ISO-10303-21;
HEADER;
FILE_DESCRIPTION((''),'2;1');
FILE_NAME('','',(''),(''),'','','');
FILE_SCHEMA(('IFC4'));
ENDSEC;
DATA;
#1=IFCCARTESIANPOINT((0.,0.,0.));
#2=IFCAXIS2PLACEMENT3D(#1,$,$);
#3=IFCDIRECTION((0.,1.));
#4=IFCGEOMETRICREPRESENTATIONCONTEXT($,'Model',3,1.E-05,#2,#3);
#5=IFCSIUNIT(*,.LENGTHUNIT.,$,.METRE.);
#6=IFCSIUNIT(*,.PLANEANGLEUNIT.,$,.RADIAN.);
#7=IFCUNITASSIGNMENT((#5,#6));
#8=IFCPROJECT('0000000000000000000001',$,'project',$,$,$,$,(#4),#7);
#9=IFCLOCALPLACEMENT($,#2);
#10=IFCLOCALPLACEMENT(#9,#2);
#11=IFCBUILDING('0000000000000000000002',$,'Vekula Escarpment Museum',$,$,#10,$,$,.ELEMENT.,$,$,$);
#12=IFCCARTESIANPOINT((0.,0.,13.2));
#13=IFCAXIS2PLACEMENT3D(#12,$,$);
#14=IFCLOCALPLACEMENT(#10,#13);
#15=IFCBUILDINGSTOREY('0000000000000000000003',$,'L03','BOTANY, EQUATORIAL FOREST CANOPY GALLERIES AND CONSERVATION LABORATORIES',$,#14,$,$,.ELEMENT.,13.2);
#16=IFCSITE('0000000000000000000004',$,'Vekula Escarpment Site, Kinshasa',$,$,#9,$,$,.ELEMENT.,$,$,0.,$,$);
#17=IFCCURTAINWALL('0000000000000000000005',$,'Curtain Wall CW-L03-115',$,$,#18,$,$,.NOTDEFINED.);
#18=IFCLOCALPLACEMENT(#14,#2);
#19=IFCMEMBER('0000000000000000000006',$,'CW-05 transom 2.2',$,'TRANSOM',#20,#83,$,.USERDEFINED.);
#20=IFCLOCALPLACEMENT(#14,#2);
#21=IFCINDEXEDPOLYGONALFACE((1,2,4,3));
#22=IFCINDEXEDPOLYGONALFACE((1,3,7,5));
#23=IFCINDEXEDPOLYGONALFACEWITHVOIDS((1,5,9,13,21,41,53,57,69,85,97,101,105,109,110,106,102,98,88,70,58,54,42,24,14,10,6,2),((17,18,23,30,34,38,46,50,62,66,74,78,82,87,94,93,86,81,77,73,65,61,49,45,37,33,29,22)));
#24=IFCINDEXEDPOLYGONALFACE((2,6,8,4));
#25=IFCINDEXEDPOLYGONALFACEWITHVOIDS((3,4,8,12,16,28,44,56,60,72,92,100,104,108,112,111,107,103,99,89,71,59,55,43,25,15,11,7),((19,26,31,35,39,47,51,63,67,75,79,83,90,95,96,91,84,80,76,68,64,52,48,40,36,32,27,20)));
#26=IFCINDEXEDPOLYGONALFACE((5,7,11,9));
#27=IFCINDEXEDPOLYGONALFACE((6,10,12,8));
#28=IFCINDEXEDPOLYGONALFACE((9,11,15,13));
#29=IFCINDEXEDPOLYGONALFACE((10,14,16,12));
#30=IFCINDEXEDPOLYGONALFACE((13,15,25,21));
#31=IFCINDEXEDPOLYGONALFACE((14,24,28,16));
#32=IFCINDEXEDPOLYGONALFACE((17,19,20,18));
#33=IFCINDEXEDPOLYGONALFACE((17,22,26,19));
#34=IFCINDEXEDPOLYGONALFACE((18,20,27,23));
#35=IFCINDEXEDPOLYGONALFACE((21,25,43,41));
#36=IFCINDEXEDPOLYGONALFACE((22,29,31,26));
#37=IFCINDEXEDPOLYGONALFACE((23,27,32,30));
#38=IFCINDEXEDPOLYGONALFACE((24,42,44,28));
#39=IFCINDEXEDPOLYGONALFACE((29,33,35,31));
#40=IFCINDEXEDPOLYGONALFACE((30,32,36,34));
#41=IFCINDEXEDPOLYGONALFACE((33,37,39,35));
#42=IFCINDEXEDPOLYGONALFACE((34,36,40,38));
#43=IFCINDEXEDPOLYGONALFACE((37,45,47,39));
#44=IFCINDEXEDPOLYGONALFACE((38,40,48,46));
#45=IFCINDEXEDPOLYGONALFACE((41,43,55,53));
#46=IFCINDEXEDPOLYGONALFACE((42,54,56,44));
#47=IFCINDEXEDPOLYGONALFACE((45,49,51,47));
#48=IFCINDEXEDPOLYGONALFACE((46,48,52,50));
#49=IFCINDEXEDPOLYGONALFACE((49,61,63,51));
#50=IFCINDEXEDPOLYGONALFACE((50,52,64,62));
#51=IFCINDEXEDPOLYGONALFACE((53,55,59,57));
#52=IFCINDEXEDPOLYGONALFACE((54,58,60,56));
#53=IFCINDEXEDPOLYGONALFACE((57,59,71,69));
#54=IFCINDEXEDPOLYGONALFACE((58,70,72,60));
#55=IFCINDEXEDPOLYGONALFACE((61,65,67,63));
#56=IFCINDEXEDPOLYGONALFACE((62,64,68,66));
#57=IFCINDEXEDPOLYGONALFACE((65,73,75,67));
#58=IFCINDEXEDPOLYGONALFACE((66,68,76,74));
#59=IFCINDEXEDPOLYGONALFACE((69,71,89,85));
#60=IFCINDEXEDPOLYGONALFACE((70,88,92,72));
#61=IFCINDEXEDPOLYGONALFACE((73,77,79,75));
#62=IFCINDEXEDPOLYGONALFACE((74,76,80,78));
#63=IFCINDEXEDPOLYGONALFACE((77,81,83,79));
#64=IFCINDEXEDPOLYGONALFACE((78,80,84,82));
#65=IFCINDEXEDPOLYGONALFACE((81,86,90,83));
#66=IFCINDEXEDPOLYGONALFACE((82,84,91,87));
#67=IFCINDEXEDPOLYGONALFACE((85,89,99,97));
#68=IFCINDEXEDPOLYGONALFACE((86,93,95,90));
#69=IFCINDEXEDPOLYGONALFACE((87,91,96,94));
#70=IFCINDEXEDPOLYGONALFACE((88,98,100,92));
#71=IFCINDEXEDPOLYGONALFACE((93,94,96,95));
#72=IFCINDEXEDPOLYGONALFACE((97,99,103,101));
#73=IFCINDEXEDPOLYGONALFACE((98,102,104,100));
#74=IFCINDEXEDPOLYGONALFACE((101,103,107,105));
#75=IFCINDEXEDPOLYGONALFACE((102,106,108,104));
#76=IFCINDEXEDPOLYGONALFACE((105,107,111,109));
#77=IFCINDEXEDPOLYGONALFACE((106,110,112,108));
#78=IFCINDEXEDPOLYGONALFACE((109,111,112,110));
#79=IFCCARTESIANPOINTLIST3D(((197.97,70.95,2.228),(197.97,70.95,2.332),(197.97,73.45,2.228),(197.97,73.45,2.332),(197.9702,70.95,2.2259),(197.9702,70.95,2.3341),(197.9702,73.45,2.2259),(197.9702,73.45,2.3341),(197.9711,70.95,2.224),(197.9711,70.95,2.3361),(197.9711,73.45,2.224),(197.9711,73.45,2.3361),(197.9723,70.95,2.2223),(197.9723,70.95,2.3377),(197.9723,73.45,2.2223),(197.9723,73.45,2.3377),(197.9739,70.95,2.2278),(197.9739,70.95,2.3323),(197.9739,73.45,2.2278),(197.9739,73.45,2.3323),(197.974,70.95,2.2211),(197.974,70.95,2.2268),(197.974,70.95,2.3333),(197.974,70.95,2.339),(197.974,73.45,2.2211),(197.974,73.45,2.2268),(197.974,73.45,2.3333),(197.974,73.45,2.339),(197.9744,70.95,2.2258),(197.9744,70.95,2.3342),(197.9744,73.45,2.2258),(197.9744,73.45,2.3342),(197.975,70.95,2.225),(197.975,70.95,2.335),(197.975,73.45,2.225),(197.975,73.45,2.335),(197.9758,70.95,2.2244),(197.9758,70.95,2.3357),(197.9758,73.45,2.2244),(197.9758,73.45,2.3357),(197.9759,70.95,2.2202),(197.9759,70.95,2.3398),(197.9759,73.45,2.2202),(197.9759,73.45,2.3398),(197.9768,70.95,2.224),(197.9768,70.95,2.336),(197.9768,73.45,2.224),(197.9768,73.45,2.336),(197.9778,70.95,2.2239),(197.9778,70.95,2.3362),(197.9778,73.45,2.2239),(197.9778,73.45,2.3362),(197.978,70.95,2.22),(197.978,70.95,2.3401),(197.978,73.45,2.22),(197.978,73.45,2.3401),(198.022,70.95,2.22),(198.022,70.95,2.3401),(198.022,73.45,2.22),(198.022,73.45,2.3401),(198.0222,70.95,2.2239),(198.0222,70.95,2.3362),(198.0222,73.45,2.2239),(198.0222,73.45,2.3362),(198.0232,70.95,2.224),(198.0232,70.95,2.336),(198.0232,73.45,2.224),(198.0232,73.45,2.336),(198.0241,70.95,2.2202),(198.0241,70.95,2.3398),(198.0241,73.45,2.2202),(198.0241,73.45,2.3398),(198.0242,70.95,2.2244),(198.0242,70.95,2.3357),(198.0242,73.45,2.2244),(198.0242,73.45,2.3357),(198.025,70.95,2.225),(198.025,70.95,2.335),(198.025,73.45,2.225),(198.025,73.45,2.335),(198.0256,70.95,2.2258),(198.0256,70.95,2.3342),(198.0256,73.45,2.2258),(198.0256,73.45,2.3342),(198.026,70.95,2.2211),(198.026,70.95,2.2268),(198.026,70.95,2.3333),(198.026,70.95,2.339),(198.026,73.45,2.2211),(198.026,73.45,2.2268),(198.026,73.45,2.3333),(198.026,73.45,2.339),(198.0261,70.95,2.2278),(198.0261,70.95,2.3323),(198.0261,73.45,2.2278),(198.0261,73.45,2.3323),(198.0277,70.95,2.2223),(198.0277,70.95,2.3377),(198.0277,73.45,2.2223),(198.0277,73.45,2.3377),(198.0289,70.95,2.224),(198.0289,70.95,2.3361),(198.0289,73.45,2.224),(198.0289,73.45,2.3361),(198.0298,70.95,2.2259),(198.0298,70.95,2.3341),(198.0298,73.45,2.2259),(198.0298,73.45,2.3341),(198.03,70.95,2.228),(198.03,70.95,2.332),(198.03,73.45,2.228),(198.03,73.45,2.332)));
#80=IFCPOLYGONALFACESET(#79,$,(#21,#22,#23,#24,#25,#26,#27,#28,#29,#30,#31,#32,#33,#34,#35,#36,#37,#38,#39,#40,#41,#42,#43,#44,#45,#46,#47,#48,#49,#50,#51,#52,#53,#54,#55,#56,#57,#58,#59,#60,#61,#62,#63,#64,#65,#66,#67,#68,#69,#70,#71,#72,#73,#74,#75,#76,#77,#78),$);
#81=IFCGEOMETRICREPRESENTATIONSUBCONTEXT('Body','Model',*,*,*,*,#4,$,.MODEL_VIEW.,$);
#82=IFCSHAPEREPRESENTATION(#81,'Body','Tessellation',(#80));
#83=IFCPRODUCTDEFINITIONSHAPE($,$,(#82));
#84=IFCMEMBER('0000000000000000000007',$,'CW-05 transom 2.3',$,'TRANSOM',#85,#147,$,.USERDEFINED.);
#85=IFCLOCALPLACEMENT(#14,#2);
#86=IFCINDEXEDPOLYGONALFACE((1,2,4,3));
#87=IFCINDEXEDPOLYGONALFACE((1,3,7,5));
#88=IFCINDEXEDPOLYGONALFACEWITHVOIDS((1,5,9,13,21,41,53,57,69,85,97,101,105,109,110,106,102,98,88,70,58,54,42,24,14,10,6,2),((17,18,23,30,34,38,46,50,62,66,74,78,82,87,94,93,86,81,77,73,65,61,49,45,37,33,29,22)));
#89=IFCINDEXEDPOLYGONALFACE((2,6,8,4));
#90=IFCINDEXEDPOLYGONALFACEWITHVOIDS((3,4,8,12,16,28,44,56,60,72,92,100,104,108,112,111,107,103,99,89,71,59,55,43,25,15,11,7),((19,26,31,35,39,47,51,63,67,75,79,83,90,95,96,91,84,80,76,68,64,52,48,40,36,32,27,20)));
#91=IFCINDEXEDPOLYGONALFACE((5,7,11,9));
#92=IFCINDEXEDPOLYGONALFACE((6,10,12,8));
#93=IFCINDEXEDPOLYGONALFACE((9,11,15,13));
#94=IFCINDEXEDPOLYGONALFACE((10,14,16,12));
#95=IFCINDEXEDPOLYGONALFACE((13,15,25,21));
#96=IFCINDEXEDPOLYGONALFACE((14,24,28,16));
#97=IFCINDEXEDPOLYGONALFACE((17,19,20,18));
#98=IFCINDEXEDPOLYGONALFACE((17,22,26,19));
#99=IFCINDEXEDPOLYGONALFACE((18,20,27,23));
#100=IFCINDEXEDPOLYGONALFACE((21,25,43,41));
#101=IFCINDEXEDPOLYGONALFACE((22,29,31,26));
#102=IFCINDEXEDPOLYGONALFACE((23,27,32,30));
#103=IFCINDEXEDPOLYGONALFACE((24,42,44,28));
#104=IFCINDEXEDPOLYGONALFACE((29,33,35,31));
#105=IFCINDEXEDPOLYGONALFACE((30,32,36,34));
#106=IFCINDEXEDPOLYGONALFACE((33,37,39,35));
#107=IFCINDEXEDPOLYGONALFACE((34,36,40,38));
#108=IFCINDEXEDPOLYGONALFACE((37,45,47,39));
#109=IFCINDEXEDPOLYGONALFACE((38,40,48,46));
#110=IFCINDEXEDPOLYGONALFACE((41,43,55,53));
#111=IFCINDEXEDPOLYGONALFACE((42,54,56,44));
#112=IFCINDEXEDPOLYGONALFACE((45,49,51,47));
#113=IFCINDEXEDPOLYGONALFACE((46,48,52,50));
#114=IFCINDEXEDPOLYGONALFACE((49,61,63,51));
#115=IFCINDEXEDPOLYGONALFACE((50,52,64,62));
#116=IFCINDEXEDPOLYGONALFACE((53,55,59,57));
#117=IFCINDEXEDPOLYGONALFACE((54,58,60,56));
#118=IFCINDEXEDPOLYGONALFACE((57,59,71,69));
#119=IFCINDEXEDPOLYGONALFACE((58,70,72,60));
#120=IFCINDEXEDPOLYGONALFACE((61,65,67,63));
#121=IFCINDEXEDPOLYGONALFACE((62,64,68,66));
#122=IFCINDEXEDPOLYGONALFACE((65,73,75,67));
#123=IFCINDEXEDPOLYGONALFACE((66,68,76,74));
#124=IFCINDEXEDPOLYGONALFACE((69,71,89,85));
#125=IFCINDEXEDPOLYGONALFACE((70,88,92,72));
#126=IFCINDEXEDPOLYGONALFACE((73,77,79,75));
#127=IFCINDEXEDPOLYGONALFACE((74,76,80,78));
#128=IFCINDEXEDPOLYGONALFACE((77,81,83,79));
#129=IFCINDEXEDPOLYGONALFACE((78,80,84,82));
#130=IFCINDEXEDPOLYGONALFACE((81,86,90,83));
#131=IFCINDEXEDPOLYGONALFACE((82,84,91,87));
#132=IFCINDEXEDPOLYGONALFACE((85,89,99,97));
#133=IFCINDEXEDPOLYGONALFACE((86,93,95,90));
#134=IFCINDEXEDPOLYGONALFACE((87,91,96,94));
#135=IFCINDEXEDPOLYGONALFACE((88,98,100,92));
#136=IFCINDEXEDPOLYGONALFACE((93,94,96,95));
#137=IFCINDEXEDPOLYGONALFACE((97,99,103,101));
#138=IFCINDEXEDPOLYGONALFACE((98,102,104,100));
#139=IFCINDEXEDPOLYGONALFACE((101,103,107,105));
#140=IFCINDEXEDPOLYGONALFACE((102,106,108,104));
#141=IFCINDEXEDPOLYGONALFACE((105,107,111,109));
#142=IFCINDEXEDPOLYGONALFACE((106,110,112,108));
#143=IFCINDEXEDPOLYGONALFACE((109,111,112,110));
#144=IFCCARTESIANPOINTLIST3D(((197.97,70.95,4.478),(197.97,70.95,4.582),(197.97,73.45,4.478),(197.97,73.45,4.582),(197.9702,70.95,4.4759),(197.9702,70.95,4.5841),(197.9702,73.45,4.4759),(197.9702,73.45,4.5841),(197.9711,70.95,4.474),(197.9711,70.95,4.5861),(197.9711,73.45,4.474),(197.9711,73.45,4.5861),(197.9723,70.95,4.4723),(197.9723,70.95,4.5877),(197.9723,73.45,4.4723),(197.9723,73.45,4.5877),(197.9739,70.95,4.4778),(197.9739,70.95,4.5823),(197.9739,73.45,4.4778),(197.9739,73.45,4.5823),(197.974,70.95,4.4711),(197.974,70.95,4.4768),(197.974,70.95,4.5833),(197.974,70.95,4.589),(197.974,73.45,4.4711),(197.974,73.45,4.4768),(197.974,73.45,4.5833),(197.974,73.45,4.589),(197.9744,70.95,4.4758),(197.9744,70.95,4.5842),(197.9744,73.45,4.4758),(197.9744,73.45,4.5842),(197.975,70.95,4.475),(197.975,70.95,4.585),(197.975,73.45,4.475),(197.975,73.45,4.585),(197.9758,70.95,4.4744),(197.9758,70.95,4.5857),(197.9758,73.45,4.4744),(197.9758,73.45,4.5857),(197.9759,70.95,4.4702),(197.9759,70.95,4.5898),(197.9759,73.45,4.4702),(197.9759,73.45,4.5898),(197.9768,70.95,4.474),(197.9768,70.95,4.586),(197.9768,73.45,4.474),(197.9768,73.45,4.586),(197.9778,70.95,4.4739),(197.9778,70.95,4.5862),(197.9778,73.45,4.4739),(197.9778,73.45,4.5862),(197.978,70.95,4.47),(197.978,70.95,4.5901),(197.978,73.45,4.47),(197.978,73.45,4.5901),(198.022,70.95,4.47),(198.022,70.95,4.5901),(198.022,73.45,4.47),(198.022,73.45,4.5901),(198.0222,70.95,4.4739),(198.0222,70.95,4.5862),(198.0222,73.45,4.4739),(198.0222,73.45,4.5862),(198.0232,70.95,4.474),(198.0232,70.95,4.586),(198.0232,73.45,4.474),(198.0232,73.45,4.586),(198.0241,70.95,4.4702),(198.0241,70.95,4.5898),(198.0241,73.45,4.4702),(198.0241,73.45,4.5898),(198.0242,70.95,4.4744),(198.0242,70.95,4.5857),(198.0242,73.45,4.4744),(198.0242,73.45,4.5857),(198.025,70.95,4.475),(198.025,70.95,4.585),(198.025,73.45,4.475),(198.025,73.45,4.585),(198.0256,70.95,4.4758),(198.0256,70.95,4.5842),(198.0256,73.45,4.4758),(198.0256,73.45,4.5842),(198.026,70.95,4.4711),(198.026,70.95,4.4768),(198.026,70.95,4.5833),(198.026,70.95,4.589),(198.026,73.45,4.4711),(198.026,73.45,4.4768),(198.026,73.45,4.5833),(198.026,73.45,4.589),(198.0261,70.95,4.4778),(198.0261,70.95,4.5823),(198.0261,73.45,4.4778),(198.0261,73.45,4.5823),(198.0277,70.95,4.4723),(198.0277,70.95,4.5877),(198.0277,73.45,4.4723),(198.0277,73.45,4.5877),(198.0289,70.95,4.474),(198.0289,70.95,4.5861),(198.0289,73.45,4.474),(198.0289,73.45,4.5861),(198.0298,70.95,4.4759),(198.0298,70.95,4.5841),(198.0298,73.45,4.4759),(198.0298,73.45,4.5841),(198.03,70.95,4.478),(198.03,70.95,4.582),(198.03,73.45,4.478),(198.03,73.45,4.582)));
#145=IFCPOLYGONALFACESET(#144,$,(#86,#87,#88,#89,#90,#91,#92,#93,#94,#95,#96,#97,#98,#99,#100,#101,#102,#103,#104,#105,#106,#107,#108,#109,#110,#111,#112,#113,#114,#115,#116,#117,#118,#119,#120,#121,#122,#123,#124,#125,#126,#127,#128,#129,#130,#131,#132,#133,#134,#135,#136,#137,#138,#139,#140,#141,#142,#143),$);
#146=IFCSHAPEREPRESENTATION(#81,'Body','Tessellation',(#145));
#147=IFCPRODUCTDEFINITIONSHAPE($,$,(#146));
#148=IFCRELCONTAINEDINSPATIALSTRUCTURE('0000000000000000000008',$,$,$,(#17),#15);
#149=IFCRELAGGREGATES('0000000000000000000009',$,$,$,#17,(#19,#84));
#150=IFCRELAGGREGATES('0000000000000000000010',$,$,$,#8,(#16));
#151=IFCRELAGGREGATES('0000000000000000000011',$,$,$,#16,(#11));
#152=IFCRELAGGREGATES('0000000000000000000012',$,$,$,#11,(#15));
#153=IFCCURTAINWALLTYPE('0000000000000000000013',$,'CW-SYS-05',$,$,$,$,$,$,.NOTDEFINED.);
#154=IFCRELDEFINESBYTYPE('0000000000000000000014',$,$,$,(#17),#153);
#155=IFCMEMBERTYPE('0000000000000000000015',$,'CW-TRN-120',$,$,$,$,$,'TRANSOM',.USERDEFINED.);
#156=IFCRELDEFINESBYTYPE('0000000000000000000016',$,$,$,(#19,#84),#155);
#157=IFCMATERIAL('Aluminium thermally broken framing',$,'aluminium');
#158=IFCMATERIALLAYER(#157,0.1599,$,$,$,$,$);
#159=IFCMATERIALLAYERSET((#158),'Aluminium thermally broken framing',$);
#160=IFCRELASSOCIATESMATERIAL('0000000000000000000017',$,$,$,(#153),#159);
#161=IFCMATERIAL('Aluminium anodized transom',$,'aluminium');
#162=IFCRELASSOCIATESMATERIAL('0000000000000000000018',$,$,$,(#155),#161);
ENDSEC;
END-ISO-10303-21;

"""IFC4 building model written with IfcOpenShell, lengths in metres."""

from ifc_helpers import new_model, si_unit, direction, frame, origin, origin_2d, place, context, subcontext, project, spatial, hollow_rectangle, extrude, material, layer, layer_set, material_profile, profile_set, type_object, element, aggregate, save


model = new_model("IFC4")

# Units and contexts
model_context = context("Model", 3, precision=1e-05, world=origin(), true_north=direction((0.0, 1.0)))
body_context = subcontext(model_context, "Body", "Model", "MODEL_VIEW")
ifc_project = project(units=[si_unit("LENGTHUNIT", "METRE"), si_unit("PLANEANGLEUNIT", "RADIAN")], contexts=[model_context])

# Site, building, storey
site_placement = place(None, origin())
site = spatial("IfcSite", under=ifc_project, at=site_placement, Name="Vekula Escarpment Site, Kinshasa", CompositionType="ELEMENT", RefElevation=0.0)
building_placement = place(site_placement, origin())
building = spatial("IfcBuilding", under=site, at=building_placement, Name="Vekula Escarpment Museum", CompositionType="ELEMENT")
storey_placement = place(building_placement, frame((0.0, 0.0, 13.2)))
storey = spatial("IfcBuildingStorey", under=building, at=storey_placement, Name="L03", Description="BOTANY, EQUATORIAL FOREST CANOPY GALLERIES AND CONSERVATION LABORATORIES", CompositionType="ELEMENT", Elevation=13.2)

# Curtain wall, members
ifc_material_1 = material(Name="Aluminium thermally broken framing", Category="aluminium")
ifc_layer_1 = layer(ifc_material_1, 0.1599)
ifc_layer_set_1 = layer_set([ifc_layer_1], Name="Aluminium thermally broken framing")
curtain_wall_type = type_object("IfcCurtainWallType", Name="CW-SYS-05", PredefinedType="NOTDEFINED", material=ifc_layer_set_1)
curtain_wall_placement = place(storey_placement, origin())
curtain_wall = element("IfcCurtainWall", 1, at=curtain_wall_placement, inside=storey, type_object=curtain_wall_type, Name="Curtain Wall CW-L03-115", PredefinedType="NOTDEFINED")
ifc_material_2 = material(Name="Aluminium anodized transom", Category="aluminium")
ifc_material_profile_1 = material_profile(ifc_material_2, hollow_rectangle(XDim=0.0601, YDim=0.1201, WallThickness=0.0039, InnerFilletRadius=0.0039, OuterFilletRadius=0.0081, at=origin_2d()), Name="ALU 120x60x4")
ifc_profile_set_1 = profile_set([ifc_material_profile_1], Name="Aluminium anodized transom")
member_type_1 = type_object("IfcMemberType", Name="CW-TRN-120", ElementType="TRANSOM", PredefinedType="USERDEFINED", material=ifc_profile_set_1)
member_1_placement = place(storey_placement, frame((198.0, 70.95, 2.28), z_axis=(0.0, 1.0, 0.0), x_axis=(-1.0, 0.0, 0.0)))
member_1 = element("IfcMember", 2, at=member_1_placement, type_object=member_type_1, Name="CW-05 transom 2.2", ObjectType="TRANSOM", PredefinedType="USERDEFINED", context=body_context, shape_type="SweptSolid", body=[
    extrude(hollow_rectangle(XDim=0.0601, YDim=0.1201, WallThickness=0.0039, InnerFilletRadius=0.0039, OuterFilletRadius=0.0081, at=origin_2d()), origin(), (0.0, 0.0, 1.0), 2.5),
])
member_2_placement = place(storey_placement, frame((198.0, 70.95, 4.53), z_axis=(0.0, 1.0, 0.0), x_axis=(-1.0, 0.0, 0.0)))
member_2 = element("IfcMember", 3, at=member_2_placement, type_object=member_type_1, Name="CW-05 transom 2.3", ObjectType="TRANSOM", PredefinedType="USERDEFINED", context=body_context, shape_type="SweptSolid", body=[
    extrude(hollow_rectangle(XDim=0.0601, YDim=0.1201, WallThickness=0.0039, InnerFilletRadius=0.0039, OuterFilletRadius=0.0081, at=origin_2d()), origin(), (0.0, 0.0, 1.0), 2.5),
])
aggregate(curtain_wall, [member_1, member_2])

save(model, "model.ifc")
